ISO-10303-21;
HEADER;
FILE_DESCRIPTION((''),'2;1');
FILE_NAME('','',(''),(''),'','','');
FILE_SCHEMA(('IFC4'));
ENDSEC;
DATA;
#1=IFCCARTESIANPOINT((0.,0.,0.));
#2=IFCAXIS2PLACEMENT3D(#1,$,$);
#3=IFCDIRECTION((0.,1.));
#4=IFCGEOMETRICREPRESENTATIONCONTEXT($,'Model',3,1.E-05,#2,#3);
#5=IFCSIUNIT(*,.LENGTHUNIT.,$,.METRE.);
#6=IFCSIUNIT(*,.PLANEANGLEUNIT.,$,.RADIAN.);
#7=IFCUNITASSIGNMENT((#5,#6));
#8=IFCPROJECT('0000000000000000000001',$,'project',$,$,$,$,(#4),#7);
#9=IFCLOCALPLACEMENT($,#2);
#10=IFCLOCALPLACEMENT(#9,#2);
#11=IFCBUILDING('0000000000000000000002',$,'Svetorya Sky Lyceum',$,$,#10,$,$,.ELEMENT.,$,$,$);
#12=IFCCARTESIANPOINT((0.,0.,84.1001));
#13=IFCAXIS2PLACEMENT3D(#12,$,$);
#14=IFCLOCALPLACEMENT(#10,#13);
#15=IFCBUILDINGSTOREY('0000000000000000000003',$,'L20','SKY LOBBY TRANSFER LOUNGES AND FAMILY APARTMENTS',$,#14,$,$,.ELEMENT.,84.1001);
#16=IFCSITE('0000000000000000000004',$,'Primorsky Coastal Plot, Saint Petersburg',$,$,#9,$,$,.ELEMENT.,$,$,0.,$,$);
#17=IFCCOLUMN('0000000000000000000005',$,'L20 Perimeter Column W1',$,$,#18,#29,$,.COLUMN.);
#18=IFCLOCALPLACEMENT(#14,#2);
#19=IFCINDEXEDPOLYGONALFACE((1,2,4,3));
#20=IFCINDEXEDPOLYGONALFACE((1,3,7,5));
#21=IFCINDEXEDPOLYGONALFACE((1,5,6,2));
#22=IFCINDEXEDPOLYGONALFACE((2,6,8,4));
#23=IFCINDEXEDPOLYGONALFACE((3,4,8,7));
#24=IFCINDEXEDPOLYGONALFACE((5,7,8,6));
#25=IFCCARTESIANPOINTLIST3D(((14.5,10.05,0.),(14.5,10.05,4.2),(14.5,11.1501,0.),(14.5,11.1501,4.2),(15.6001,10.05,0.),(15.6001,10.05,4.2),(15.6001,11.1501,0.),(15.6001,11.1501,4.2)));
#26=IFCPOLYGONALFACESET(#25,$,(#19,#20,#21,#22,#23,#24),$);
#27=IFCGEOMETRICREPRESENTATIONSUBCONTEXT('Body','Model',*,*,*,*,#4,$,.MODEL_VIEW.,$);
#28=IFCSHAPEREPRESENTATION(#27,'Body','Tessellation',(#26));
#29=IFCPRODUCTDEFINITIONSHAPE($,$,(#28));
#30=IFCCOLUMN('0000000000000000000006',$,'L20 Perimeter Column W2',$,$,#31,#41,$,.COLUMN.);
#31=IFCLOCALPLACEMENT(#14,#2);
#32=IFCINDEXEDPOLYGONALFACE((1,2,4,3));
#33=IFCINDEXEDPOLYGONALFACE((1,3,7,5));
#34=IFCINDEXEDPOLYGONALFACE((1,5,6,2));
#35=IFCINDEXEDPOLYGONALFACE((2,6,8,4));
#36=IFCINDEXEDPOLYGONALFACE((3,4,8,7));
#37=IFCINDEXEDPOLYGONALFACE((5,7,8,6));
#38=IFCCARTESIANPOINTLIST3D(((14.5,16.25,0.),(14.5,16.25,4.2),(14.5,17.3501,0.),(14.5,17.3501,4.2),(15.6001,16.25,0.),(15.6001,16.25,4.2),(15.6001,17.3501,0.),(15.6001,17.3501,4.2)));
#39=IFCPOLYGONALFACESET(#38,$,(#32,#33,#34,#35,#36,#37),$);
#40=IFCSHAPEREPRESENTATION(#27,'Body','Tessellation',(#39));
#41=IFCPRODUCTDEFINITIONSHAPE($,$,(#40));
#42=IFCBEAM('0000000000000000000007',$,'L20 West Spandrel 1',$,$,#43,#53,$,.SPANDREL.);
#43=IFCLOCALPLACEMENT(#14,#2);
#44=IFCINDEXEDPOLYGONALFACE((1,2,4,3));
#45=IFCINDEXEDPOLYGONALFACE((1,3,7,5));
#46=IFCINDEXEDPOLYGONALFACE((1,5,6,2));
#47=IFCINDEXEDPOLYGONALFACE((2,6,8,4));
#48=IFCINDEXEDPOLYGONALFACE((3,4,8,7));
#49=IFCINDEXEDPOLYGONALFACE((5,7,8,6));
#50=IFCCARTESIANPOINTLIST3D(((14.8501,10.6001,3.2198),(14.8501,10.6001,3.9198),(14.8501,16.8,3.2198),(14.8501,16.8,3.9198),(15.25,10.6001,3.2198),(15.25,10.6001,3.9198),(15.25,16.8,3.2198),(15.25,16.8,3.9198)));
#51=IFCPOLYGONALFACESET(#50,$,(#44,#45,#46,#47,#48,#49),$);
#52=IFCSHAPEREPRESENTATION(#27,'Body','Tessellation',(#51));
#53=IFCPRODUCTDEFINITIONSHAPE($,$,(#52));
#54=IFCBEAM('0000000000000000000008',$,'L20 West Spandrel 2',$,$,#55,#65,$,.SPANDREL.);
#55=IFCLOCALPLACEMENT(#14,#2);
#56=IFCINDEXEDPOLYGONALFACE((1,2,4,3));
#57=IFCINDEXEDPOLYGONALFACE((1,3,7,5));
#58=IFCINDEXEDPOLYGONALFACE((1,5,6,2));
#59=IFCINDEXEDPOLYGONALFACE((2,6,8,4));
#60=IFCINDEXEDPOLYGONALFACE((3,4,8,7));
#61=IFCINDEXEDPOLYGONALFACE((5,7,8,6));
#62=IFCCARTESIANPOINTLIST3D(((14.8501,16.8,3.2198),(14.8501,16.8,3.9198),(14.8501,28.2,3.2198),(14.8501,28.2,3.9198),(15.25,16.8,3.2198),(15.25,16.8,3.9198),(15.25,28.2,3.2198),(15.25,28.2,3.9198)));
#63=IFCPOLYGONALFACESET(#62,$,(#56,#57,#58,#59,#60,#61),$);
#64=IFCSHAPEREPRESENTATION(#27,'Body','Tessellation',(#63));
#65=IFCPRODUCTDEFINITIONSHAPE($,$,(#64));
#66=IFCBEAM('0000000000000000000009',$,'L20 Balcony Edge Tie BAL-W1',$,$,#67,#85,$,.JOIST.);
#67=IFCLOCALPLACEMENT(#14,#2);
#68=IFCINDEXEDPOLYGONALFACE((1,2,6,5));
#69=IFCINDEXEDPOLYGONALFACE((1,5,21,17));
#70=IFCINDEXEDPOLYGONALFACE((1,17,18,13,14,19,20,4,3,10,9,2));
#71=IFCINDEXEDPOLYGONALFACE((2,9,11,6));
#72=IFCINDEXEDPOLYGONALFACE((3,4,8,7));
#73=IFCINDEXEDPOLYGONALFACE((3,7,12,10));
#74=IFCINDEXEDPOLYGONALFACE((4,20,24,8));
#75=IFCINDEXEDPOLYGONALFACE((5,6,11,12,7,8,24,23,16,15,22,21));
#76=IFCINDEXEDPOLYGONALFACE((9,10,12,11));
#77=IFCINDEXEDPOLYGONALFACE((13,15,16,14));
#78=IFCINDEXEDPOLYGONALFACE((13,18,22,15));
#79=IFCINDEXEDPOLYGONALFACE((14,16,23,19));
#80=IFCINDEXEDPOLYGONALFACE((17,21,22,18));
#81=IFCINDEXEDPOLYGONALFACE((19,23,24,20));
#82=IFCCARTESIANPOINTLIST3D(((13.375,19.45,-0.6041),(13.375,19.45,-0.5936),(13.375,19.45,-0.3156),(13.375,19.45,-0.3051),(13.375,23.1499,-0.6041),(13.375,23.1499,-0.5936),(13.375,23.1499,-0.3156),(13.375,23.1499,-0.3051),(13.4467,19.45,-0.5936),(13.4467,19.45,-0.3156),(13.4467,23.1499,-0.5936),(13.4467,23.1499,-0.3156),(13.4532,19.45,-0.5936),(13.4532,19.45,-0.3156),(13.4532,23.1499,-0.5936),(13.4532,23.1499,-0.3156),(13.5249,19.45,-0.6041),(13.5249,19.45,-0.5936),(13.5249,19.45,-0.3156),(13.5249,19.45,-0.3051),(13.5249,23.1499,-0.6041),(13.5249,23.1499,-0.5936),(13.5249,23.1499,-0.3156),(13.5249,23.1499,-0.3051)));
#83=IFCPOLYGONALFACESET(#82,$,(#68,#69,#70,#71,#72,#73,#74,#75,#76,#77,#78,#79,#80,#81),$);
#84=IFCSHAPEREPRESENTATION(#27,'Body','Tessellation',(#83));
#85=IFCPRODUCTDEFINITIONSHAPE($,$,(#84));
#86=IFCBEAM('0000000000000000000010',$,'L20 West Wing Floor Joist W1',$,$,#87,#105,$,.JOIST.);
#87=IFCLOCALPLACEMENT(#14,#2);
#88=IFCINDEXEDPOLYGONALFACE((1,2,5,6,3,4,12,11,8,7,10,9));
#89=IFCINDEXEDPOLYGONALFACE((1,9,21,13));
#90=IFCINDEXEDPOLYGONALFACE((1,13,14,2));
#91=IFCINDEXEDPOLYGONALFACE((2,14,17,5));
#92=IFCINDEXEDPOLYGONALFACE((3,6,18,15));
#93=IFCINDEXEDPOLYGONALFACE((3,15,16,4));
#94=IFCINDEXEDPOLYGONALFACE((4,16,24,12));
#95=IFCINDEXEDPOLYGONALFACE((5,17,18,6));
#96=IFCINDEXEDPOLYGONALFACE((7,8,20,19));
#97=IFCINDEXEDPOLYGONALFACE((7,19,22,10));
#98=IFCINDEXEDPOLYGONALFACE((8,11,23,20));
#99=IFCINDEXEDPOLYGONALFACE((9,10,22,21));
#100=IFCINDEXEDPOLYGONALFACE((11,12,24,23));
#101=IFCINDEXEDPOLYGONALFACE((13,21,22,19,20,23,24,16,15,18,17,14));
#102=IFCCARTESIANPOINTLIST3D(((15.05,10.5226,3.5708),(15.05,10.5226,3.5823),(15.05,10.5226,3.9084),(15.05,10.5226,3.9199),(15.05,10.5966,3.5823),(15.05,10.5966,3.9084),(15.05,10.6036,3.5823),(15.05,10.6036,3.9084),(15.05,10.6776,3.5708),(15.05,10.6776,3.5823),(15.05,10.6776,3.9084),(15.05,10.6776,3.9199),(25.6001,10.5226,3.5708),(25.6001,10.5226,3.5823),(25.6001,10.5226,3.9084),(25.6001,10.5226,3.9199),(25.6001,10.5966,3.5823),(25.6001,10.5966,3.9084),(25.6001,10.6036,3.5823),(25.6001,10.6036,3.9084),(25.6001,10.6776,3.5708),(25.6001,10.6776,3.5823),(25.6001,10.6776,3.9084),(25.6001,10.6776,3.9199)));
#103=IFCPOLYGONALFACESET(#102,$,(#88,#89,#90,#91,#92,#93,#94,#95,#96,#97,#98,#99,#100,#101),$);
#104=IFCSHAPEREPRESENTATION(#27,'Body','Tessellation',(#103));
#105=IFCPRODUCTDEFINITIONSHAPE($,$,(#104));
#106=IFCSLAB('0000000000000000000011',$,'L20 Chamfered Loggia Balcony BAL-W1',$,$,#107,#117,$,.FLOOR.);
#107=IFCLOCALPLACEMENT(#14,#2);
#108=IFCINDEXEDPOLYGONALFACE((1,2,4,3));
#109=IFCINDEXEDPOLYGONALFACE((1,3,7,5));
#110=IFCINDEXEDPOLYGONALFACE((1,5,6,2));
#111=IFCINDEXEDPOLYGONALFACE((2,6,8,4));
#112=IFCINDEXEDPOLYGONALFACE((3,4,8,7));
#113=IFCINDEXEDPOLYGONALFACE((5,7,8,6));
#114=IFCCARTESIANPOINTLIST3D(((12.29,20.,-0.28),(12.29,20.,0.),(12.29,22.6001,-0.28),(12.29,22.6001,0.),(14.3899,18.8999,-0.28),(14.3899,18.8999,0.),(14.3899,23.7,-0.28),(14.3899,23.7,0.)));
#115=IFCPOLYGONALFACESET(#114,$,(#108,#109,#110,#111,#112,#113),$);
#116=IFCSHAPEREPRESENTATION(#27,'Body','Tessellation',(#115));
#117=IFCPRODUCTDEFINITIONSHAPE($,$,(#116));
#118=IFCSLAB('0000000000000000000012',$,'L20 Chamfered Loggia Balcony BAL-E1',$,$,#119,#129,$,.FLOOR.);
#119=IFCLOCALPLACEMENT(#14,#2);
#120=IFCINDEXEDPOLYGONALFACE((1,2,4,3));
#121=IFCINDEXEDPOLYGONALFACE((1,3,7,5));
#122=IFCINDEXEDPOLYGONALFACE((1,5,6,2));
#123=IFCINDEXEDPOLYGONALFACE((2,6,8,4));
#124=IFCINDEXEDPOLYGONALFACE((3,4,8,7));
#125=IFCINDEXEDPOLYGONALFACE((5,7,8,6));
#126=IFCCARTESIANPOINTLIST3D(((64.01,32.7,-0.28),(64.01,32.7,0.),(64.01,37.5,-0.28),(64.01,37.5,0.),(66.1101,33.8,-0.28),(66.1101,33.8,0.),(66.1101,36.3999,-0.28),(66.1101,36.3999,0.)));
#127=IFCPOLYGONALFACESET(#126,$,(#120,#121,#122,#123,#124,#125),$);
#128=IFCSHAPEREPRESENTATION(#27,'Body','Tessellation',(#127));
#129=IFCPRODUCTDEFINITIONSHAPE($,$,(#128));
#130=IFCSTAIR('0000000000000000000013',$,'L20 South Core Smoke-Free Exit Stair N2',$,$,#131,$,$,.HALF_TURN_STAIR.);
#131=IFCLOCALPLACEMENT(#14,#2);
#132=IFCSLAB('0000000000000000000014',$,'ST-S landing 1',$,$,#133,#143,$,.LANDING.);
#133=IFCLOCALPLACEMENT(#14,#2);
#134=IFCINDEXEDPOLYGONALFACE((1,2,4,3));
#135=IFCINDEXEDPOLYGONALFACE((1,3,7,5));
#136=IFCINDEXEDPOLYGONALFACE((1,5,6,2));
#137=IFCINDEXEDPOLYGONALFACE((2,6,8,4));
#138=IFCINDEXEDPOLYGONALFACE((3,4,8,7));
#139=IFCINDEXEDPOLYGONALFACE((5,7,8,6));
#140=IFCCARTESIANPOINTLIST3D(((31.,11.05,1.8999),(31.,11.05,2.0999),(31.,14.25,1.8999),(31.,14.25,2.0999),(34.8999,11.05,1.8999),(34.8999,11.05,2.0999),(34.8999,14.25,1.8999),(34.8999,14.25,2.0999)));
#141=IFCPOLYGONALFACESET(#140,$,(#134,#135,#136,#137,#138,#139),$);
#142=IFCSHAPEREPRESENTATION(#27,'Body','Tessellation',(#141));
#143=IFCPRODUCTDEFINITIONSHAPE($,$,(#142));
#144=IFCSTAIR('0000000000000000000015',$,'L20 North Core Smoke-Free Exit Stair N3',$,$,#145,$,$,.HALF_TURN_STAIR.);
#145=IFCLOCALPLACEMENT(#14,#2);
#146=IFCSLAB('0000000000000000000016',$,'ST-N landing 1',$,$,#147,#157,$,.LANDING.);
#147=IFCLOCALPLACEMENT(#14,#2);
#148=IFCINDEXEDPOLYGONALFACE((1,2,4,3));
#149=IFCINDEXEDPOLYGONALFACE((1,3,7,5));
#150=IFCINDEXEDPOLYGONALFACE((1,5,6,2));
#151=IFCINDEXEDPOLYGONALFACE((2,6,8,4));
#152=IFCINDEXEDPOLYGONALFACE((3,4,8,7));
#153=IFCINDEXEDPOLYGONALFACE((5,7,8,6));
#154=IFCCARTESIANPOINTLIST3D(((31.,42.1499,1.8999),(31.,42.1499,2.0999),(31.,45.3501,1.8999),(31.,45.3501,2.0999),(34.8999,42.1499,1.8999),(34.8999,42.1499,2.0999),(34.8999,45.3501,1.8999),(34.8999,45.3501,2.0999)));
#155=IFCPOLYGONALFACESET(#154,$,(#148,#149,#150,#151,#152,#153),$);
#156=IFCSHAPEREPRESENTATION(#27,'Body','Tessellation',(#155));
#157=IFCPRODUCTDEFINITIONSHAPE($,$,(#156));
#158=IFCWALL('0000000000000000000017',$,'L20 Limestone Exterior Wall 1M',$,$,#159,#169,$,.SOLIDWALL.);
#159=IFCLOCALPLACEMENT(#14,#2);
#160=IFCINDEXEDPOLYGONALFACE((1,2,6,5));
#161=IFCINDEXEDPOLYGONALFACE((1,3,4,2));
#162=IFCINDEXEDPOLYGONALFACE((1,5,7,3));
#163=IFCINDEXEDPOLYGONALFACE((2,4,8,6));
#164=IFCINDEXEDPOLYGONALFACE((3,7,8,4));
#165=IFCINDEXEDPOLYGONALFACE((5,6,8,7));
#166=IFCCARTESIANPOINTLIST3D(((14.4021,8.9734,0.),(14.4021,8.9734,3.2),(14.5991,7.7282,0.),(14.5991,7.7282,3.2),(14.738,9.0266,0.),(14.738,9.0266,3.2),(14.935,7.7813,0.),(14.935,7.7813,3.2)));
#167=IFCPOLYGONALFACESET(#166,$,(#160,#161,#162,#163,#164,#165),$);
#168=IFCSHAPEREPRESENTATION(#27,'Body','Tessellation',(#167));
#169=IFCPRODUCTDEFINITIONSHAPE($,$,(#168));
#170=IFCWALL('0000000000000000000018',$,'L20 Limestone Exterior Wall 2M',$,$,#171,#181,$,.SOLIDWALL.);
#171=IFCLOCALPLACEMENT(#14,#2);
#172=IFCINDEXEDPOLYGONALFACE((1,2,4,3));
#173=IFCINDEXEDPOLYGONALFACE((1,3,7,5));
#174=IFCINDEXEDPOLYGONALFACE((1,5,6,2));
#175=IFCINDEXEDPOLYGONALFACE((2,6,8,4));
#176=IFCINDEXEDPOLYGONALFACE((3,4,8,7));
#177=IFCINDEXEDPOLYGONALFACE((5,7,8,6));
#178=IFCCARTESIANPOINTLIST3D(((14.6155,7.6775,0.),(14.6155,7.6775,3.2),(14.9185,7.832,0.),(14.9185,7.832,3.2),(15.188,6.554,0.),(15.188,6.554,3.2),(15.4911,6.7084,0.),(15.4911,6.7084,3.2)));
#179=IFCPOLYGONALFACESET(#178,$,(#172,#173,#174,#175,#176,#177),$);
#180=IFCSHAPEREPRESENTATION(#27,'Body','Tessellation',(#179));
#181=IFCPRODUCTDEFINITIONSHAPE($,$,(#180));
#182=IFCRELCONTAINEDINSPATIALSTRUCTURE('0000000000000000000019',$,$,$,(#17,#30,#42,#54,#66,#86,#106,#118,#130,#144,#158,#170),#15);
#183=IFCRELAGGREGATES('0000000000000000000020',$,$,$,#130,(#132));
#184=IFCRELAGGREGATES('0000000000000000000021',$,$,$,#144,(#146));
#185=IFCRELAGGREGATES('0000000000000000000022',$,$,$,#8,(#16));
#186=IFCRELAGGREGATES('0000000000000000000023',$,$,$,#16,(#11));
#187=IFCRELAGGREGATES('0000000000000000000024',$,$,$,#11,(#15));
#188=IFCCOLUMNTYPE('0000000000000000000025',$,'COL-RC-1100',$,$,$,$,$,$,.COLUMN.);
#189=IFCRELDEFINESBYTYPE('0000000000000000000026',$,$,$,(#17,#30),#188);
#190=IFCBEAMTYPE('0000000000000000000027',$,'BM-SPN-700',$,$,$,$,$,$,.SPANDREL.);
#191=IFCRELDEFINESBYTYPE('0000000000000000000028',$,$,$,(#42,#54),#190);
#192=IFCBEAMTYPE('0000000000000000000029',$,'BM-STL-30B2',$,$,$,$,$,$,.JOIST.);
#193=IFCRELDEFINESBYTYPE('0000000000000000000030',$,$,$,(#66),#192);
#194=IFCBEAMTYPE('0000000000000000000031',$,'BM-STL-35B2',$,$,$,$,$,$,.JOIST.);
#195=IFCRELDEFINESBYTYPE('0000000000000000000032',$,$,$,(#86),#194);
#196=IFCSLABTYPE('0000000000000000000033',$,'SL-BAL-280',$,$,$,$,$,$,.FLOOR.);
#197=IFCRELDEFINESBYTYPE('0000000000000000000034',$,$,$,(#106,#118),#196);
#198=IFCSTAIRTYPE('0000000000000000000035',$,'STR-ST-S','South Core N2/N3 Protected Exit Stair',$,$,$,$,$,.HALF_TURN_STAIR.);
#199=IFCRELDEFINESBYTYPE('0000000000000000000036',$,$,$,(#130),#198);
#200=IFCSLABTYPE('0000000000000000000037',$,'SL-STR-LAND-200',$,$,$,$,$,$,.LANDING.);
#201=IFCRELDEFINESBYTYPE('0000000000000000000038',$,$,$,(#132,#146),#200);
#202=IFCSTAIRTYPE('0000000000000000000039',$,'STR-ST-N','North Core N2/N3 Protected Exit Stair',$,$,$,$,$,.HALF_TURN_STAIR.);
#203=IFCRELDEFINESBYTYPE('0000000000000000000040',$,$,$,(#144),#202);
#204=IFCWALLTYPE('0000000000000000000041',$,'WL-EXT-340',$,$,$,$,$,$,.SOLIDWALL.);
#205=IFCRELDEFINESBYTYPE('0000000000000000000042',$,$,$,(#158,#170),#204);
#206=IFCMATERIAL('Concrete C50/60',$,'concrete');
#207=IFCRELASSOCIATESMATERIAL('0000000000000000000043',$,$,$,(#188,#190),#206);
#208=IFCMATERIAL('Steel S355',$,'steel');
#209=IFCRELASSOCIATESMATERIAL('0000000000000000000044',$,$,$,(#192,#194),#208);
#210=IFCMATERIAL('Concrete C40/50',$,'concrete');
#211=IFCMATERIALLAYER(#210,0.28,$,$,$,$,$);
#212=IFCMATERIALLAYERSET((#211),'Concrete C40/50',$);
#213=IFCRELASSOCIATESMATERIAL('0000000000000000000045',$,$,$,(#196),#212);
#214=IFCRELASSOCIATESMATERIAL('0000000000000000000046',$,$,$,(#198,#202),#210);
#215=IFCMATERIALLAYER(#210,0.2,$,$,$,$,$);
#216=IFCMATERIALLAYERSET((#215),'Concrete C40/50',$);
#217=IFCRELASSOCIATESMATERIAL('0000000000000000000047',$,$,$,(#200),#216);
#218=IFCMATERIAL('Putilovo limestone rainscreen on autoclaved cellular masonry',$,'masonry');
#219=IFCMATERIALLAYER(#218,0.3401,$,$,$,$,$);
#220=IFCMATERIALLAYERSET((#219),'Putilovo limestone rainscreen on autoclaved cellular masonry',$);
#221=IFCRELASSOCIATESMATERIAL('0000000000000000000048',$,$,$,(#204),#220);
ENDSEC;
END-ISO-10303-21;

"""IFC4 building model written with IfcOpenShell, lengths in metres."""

from ifc_helpers import new_model, si_unit, direction, frame, frame_2d, origin, origin_2d, place, context, subcontext, project, spatial, polyline, rectangle, i_section, outline, extrude, material, layer, layer_set, material_profile, profile_set, type_object, element, aggregate, save


model = new_model("IFC4")

# Units and contexts
model_context = context("Model", 3, precision=1e-05, world=origin(), true_north=direction((0.0, 1.0)))
body_context = subcontext(model_context, "Body", "Model", "MODEL_VIEW")
ifc_project = project(units=[si_unit("LENGTHUNIT", "METRE"), si_unit("PLANEANGLEUNIT", "RADIAN")], contexts=[model_context])

# Site, building, storey
site_placement = place(None, origin())
site = spatial("IfcSite", under=ifc_project, at=site_placement, Name="Primorsky Coastal Plot, Saint Petersburg", CompositionType="ELEMENT", RefElevation=0.0)
building_placement = place(site_placement, origin())
building = spatial("IfcBuilding", under=site, at=building_placement, Name="Svetorya Sky Lyceum", CompositionType="ELEMENT")
storey_placement = place(building_placement, frame((0.0, 0.0, 84.1001)))
storey = spatial("IfcBuildingStorey", under=building, at=storey_placement, Name="L20", Description="SKY LOBBY TRANSFER LOUNGES AND FAMILY APARTMENTS", CompositionType="ELEMENT", Elevation=84.1001)

# Columns
ifc_material_1 = material(Name="Concrete C50/60", Category="concrete")
ifc_material_profile_1 = material_profile(ifc_material_1, rectangle(XDim=1.1001, YDim=1.1001, at=origin_2d()), Name="RC COL 1100x1100")
ifc_profile_set_1 = profile_set([ifc_material_profile_1], Name="Concrete C50/60")
column_type = type_object("IfcColumnType", Name="COL-RC-1100", PredefinedType="COLUMN", material=ifc_profile_set_1)
for number, where, z_axis, x_axis, name in (
    (1, (15.05, 10.6001, 0.0), (0.0, 0.0, 1.0), (1.0, 0.0, 0.0), "L20 Perimeter Column W1"),
    (2, (15.05, 16.8, 0.0), (0.0, 0.0, 1.0), (1.0, 0.0, 0.0), "L20 Perimeter Column W2"),
):
    element("IfcColumn", number, at=place(storey_placement, frame(where, z_axis=z_axis, x_axis=x_axis)), inside=storey, type_object=column_type, Name=name, PredefinedType="COLUMN", context=body_context, shape_type="SweptSolid", body=[
        extrude(rectangle(XDim=1.1001, YDim=1.1001, at=origin_2d()), origin(), (0.0, 0.0, 1.0), 4.2),
    ])

# Beams
ifc_material_profile_2 = material_profile(ifc_material_1, rectangle(XDim=0.3999, YDim=0.7, at=origin_2d()), Name="RC SPANDREL 400x700")
ifc_profile_set_2 = profile_set([ifc_material_profile_2], Name="Concrete C50/60")
beam_type_1 = type_object("IfcBeamType", Name="BM-SPN-700", PredefinedType="SPANDREL", material=ifc_profile_set_2)
beam_1_placement = place(storey_placement, frame((15.05, 10.6001, 3.5698), z_axis=(0.0, 1.0, 0.0), x_axis=(-1.0, 0.0, 0.0)))
element("IfcBeam", 3, at=beam_1_placement, inside=storey, type_object=beam_type_1, Name="L20 West Spandrel 1", PredefinedType="SPANDREL", context=body_context, shape_type="SweptSolid", body=[
    extrude(rectangle(XDim=0.3999, YDim=0.7, at=origin_2d()), origin(), (0.0, 0.0, 1.0), 6.2),
])
beam_2_placement = place(storey_placement, frame((15.05, 16.8, 3.5698), z_axis=(0.0, 1.0, 0.0), x_axis=(-1.0, 0.0, 0.0)))
element("IfcBeam", 4, at=beam_2_placement, inside=storey, type_object=beam_type_1, Name="L20 West Spandrel 2", PredefinedType="SPANDREL", context=body_context, shape_type="SweptSolid", body=[
    extrude(rectangle(XDim=0.3999, YDim=0.7, at=origin_2d()), origin(), (0.0, 0.0, 1.0), 11.3999),
])
ifc_material_2 = material(Name="Steel S355", Category="steel")
ifc_material_profile_3 = material_profile(ifc_material_2, i_section(OverallWidth=0.1499, OverallDepth=0.2991, WebThickness=0.0066, FlangeThickness=0.0105, at=origin_2d()), Name="GOST 30B2")
ifc_profile_set_3 = profile_set([ifc_material_profile_3], Name="Steel S355")
beam_type_2 = type_object("IfcBeamType", Name="BM-STL-30B2", PredefinedType="JOIST", material=ifc_profile_set_3)
beam_3_placement = place(storey_placement, frame((13.45, 19.45, -0.4546), z_axis=(0.0, 1.0, 0.0), x_axis=(-1.0, 0.0, 0.0)))
element("IfcBeam", 5, at=beam_3_placement, inside=storey, type_object=beam_type_2, Name="L20 Balcony Edge Tie BAL-W1", PredefinedType="JOIST", context=body_context, shape_type="SweptSolid", body=[
    extrude(i_section(OverallWidth=0.1499, OverallDepth=0.2991, WebThickness=0.0066, FlangeThickness=0.0105, at=origin_2d()), origin(), (0.0, 0.0, 1.0), 3.7),
])
ifc_material_profile_4 = material_profile(ifc_material_2, i_section(OverallWidth=0.155, OverallDepth=0.3491, WebThickness=0.0071, FlangeThickness=0.0115, at=origin_2d()), Name="GOST 35B2")
ifc_profile_set_4 = profile_set([ifc_material_profile_4], Name="Steel S355")
beam_type_3 = type_object("IfcBeamType", Name="BM-STL-35B2", PredefinedType="JOIST", material=ifc_profile_set_4)
beam_4_placement = place(storey_placement, frame((15.05, 10.6001, 3.7454), z_axis=(1.0, 0.0, 0.0), x_axis=(0.0, 1.0, 0.0)))
element("IfcBeam", 6, at=beam_4_placement, inside=storey, type_object=beam_type_3, Name="L20 West Wing Floor Joist W1", PredefinedType="JOIST", context=body_context, shape_type="SweptSolid", body=[
    extrude(i_section(OverallWidth=0.155, OverallDepth=0.3491, WebThickness=0.0071, FlangeThickness=0.0115, at=origin_2d()), origin(), (0.0, 0.0, 1.0), 10.55),
])

# Slabs
ifc_material_3 = material(Name="Concrete C40/50", Category="concrete")
ifc_layer_1 = layer(ifc_material_3, 0.28)
ifc_layer_set_1 = layer_set([ifc_layer_1], Name="Concrete C40/50")
slab_type_1 = type_object("IfcSlabType", Name="SL-BAL-280", PredefinedType="FLOOR", material=ifc_layer_set_1)
slab_1_placement = place(storey_placement, frame((0.0, 0.0, -0.28)))
element("IfcSlab", 7, at=slab_1_placement, inside=storey, type_object=slab_type_1, Name="L20 Chamfered Loggia Balcony BAL-W1", PredefinedType="FLOOR", context=body_context, shape_type="SweptSolid", body=[
    extrude(outline(polyline([(14.3899, 18.8999), (14.3899, 23.7), (12.29, 22.6001), (12.29, 20.0), (14.3899, 18.8999)])), origin(), (0.0, 0.0, 1.0), 0.28),
])
slab_2_placement = place(storey_placement, frame((0.0, 0.0, -0.28)))
element("IfcSlab", 8, at=slab_2_placement, inside=storey, type_object=slab_type_1, Name="L20 Chamfered Loggia Balcony BAL-E1", PredefinedType="FLOOR", context=body_context, shape_type="SweptSolid", body=[
    extrude(outline(polyline([(64.01, 32.7), (66.1101, 33.8), (66.1101, 36.3999), (64.01, 37.5), (64.01, 32.7)])), origin(), (0.0, 0.0, 1.0), 0.28),
])

# Stairs, slabs
stair_type_1 = type_object("IfcStairType", Name="STR-ST-S", Description="South Core N2/N3 Protected Exit Stair", PredefinedType="HALF_TURN_STAIR", material=ifc_material_3)
stair_1_placement = place(storey_placement, origin())
stair_1 = element("IfcStair", 9, at=stair_1_placement, inside=storey, type_object=stair_type_1, Name="L20 South Core Smoke-Free Exit Stair N2", PredefinedType="HALF_TURN_STAIR")
ifc_layer_2 = layer(ifc_material_3, 0.2)
ifc_layer_set_2 = layer_set([ifc_layer_2], Name="Concrete C40/50")
slab_type_2 = type_object("IfcSlabType", Name="SL-STR-LAND-200", PredefinedType="LANDING", material=ifc_layer_set_2)
slab_3_placement = place(storey_placement, frame((0.0, 0.0, 1.8999)))
slab_3 = element("IfcSlab", 10, at=slab_3_placement, type_object=slab_type_2, Name="ST-S landing 1", PredefinedType="LANDING", context=body_context, shape_type="SweptSolid", body=[
    extrude(outline(polyline([(31.0, 11.05), (34.8999, 11.05), (34.8999, 14.25), (31.0, 14.25), (31.0, 11.05)])), origin(), (0.0, 0.0, 1.0), 0.2),
])
aggregate(stair_1, [slab_3])
stair_type_2 = type_object("IfcStairType", Name="STR-ST-N", Description="North Core N2/N3 Protected Exit Stair", PredefinedType="HALF_TURN_STAIR", material=ifc_material_3)
stair_2_placement = place(storey_placement, origin())
stair_2 = element("IfcStair", 11, at=stair_2_placement, inside=storey, type_object=stair_type_2, Name="L20 North Core Smoke-Free Exit Stair N3", PredefinedType="HALF_TURN_STAIR")
slab_4_placement = place(storey_placement, frame((0.0, 0.0, 1.8999)))
slab_4 = element("IfcSlab", 12, at=slab_4_placement, type_object=slab_type_2, Name="ST-N landing 1", PredefinedType="LANDING", context=body_context, shape_type="SweptSolid", body=[
    extrude(outline(polyline([(31.0, 42.1499), (34.8999, 42.1499), (34.8999, 45.3501), (31.0, 45.3501), (31.0, 42.1499)])), origin(), (0.0, 0.0, 1.0), 0.2),
])
aggregate(stair_2, [slab_4])

# Walls
ifc_material_4 = material(Name="Putilovo limestone rainscreen on autoclaved cellular masonry", Category="masonry")
ifc_layer_3 = layer(ifc_material_4, 0.3401)
ifc_layer_set_3 = layer_set([ifc_layer_3], Name="Putilovo limestone rainscreen on autoclaved cellular masonry")
wall_type_1 = type_object("IfcWallType", Name="WL-EXT-340", PredefinedType="SOLIDWALL", material=ifc_layer_set_3)
wall_1_placement = place(storey_placement, frame((14.5701, 9.0, 0.0), z_axis=(0.0, 0.0, 1.0), x_axis=(0.156261, -0.987716, 0.0)))
element("IfcWall", 13, at=wall_1_placement, inside=storey, type_object=wall_type_1, Name="L20 Limestone Exterior Wall 1M", PredefinedType="SOLIDWALL", context=body_context, shape_type="SweptSolid", body=[
    extrude(rectangle(XDim=1.2607, YDim=0.3401, at=frame_2d((0.6304, 0.0))), origin(), (0.0, 0.0, 1.0), 3.2),
])
wall_2_placement = place(storey_placement, frame((14.7671, 7.7546, 0.0), z_axis=(0.0, 0.0, 1.0), x_axis=(0.454016, -0.890994, 0.0)))
element("IfcWall", 14, at=wall_2_placement, inside=storey, type_object=wall_type_1, Name="L20 Limestone Exterior Wall 2M", PredefinedType="SOLIDWALL", context=body_context, shape_type="SweptSolid", body=[
    extrude(rectangle(XDim=1.261, YDim=0.3401, at=frame_2d((0.6304, 0.0))), origin(), (0.0, 0.0, 1.0), 3.2),
])

save(model, "model.ifc")
